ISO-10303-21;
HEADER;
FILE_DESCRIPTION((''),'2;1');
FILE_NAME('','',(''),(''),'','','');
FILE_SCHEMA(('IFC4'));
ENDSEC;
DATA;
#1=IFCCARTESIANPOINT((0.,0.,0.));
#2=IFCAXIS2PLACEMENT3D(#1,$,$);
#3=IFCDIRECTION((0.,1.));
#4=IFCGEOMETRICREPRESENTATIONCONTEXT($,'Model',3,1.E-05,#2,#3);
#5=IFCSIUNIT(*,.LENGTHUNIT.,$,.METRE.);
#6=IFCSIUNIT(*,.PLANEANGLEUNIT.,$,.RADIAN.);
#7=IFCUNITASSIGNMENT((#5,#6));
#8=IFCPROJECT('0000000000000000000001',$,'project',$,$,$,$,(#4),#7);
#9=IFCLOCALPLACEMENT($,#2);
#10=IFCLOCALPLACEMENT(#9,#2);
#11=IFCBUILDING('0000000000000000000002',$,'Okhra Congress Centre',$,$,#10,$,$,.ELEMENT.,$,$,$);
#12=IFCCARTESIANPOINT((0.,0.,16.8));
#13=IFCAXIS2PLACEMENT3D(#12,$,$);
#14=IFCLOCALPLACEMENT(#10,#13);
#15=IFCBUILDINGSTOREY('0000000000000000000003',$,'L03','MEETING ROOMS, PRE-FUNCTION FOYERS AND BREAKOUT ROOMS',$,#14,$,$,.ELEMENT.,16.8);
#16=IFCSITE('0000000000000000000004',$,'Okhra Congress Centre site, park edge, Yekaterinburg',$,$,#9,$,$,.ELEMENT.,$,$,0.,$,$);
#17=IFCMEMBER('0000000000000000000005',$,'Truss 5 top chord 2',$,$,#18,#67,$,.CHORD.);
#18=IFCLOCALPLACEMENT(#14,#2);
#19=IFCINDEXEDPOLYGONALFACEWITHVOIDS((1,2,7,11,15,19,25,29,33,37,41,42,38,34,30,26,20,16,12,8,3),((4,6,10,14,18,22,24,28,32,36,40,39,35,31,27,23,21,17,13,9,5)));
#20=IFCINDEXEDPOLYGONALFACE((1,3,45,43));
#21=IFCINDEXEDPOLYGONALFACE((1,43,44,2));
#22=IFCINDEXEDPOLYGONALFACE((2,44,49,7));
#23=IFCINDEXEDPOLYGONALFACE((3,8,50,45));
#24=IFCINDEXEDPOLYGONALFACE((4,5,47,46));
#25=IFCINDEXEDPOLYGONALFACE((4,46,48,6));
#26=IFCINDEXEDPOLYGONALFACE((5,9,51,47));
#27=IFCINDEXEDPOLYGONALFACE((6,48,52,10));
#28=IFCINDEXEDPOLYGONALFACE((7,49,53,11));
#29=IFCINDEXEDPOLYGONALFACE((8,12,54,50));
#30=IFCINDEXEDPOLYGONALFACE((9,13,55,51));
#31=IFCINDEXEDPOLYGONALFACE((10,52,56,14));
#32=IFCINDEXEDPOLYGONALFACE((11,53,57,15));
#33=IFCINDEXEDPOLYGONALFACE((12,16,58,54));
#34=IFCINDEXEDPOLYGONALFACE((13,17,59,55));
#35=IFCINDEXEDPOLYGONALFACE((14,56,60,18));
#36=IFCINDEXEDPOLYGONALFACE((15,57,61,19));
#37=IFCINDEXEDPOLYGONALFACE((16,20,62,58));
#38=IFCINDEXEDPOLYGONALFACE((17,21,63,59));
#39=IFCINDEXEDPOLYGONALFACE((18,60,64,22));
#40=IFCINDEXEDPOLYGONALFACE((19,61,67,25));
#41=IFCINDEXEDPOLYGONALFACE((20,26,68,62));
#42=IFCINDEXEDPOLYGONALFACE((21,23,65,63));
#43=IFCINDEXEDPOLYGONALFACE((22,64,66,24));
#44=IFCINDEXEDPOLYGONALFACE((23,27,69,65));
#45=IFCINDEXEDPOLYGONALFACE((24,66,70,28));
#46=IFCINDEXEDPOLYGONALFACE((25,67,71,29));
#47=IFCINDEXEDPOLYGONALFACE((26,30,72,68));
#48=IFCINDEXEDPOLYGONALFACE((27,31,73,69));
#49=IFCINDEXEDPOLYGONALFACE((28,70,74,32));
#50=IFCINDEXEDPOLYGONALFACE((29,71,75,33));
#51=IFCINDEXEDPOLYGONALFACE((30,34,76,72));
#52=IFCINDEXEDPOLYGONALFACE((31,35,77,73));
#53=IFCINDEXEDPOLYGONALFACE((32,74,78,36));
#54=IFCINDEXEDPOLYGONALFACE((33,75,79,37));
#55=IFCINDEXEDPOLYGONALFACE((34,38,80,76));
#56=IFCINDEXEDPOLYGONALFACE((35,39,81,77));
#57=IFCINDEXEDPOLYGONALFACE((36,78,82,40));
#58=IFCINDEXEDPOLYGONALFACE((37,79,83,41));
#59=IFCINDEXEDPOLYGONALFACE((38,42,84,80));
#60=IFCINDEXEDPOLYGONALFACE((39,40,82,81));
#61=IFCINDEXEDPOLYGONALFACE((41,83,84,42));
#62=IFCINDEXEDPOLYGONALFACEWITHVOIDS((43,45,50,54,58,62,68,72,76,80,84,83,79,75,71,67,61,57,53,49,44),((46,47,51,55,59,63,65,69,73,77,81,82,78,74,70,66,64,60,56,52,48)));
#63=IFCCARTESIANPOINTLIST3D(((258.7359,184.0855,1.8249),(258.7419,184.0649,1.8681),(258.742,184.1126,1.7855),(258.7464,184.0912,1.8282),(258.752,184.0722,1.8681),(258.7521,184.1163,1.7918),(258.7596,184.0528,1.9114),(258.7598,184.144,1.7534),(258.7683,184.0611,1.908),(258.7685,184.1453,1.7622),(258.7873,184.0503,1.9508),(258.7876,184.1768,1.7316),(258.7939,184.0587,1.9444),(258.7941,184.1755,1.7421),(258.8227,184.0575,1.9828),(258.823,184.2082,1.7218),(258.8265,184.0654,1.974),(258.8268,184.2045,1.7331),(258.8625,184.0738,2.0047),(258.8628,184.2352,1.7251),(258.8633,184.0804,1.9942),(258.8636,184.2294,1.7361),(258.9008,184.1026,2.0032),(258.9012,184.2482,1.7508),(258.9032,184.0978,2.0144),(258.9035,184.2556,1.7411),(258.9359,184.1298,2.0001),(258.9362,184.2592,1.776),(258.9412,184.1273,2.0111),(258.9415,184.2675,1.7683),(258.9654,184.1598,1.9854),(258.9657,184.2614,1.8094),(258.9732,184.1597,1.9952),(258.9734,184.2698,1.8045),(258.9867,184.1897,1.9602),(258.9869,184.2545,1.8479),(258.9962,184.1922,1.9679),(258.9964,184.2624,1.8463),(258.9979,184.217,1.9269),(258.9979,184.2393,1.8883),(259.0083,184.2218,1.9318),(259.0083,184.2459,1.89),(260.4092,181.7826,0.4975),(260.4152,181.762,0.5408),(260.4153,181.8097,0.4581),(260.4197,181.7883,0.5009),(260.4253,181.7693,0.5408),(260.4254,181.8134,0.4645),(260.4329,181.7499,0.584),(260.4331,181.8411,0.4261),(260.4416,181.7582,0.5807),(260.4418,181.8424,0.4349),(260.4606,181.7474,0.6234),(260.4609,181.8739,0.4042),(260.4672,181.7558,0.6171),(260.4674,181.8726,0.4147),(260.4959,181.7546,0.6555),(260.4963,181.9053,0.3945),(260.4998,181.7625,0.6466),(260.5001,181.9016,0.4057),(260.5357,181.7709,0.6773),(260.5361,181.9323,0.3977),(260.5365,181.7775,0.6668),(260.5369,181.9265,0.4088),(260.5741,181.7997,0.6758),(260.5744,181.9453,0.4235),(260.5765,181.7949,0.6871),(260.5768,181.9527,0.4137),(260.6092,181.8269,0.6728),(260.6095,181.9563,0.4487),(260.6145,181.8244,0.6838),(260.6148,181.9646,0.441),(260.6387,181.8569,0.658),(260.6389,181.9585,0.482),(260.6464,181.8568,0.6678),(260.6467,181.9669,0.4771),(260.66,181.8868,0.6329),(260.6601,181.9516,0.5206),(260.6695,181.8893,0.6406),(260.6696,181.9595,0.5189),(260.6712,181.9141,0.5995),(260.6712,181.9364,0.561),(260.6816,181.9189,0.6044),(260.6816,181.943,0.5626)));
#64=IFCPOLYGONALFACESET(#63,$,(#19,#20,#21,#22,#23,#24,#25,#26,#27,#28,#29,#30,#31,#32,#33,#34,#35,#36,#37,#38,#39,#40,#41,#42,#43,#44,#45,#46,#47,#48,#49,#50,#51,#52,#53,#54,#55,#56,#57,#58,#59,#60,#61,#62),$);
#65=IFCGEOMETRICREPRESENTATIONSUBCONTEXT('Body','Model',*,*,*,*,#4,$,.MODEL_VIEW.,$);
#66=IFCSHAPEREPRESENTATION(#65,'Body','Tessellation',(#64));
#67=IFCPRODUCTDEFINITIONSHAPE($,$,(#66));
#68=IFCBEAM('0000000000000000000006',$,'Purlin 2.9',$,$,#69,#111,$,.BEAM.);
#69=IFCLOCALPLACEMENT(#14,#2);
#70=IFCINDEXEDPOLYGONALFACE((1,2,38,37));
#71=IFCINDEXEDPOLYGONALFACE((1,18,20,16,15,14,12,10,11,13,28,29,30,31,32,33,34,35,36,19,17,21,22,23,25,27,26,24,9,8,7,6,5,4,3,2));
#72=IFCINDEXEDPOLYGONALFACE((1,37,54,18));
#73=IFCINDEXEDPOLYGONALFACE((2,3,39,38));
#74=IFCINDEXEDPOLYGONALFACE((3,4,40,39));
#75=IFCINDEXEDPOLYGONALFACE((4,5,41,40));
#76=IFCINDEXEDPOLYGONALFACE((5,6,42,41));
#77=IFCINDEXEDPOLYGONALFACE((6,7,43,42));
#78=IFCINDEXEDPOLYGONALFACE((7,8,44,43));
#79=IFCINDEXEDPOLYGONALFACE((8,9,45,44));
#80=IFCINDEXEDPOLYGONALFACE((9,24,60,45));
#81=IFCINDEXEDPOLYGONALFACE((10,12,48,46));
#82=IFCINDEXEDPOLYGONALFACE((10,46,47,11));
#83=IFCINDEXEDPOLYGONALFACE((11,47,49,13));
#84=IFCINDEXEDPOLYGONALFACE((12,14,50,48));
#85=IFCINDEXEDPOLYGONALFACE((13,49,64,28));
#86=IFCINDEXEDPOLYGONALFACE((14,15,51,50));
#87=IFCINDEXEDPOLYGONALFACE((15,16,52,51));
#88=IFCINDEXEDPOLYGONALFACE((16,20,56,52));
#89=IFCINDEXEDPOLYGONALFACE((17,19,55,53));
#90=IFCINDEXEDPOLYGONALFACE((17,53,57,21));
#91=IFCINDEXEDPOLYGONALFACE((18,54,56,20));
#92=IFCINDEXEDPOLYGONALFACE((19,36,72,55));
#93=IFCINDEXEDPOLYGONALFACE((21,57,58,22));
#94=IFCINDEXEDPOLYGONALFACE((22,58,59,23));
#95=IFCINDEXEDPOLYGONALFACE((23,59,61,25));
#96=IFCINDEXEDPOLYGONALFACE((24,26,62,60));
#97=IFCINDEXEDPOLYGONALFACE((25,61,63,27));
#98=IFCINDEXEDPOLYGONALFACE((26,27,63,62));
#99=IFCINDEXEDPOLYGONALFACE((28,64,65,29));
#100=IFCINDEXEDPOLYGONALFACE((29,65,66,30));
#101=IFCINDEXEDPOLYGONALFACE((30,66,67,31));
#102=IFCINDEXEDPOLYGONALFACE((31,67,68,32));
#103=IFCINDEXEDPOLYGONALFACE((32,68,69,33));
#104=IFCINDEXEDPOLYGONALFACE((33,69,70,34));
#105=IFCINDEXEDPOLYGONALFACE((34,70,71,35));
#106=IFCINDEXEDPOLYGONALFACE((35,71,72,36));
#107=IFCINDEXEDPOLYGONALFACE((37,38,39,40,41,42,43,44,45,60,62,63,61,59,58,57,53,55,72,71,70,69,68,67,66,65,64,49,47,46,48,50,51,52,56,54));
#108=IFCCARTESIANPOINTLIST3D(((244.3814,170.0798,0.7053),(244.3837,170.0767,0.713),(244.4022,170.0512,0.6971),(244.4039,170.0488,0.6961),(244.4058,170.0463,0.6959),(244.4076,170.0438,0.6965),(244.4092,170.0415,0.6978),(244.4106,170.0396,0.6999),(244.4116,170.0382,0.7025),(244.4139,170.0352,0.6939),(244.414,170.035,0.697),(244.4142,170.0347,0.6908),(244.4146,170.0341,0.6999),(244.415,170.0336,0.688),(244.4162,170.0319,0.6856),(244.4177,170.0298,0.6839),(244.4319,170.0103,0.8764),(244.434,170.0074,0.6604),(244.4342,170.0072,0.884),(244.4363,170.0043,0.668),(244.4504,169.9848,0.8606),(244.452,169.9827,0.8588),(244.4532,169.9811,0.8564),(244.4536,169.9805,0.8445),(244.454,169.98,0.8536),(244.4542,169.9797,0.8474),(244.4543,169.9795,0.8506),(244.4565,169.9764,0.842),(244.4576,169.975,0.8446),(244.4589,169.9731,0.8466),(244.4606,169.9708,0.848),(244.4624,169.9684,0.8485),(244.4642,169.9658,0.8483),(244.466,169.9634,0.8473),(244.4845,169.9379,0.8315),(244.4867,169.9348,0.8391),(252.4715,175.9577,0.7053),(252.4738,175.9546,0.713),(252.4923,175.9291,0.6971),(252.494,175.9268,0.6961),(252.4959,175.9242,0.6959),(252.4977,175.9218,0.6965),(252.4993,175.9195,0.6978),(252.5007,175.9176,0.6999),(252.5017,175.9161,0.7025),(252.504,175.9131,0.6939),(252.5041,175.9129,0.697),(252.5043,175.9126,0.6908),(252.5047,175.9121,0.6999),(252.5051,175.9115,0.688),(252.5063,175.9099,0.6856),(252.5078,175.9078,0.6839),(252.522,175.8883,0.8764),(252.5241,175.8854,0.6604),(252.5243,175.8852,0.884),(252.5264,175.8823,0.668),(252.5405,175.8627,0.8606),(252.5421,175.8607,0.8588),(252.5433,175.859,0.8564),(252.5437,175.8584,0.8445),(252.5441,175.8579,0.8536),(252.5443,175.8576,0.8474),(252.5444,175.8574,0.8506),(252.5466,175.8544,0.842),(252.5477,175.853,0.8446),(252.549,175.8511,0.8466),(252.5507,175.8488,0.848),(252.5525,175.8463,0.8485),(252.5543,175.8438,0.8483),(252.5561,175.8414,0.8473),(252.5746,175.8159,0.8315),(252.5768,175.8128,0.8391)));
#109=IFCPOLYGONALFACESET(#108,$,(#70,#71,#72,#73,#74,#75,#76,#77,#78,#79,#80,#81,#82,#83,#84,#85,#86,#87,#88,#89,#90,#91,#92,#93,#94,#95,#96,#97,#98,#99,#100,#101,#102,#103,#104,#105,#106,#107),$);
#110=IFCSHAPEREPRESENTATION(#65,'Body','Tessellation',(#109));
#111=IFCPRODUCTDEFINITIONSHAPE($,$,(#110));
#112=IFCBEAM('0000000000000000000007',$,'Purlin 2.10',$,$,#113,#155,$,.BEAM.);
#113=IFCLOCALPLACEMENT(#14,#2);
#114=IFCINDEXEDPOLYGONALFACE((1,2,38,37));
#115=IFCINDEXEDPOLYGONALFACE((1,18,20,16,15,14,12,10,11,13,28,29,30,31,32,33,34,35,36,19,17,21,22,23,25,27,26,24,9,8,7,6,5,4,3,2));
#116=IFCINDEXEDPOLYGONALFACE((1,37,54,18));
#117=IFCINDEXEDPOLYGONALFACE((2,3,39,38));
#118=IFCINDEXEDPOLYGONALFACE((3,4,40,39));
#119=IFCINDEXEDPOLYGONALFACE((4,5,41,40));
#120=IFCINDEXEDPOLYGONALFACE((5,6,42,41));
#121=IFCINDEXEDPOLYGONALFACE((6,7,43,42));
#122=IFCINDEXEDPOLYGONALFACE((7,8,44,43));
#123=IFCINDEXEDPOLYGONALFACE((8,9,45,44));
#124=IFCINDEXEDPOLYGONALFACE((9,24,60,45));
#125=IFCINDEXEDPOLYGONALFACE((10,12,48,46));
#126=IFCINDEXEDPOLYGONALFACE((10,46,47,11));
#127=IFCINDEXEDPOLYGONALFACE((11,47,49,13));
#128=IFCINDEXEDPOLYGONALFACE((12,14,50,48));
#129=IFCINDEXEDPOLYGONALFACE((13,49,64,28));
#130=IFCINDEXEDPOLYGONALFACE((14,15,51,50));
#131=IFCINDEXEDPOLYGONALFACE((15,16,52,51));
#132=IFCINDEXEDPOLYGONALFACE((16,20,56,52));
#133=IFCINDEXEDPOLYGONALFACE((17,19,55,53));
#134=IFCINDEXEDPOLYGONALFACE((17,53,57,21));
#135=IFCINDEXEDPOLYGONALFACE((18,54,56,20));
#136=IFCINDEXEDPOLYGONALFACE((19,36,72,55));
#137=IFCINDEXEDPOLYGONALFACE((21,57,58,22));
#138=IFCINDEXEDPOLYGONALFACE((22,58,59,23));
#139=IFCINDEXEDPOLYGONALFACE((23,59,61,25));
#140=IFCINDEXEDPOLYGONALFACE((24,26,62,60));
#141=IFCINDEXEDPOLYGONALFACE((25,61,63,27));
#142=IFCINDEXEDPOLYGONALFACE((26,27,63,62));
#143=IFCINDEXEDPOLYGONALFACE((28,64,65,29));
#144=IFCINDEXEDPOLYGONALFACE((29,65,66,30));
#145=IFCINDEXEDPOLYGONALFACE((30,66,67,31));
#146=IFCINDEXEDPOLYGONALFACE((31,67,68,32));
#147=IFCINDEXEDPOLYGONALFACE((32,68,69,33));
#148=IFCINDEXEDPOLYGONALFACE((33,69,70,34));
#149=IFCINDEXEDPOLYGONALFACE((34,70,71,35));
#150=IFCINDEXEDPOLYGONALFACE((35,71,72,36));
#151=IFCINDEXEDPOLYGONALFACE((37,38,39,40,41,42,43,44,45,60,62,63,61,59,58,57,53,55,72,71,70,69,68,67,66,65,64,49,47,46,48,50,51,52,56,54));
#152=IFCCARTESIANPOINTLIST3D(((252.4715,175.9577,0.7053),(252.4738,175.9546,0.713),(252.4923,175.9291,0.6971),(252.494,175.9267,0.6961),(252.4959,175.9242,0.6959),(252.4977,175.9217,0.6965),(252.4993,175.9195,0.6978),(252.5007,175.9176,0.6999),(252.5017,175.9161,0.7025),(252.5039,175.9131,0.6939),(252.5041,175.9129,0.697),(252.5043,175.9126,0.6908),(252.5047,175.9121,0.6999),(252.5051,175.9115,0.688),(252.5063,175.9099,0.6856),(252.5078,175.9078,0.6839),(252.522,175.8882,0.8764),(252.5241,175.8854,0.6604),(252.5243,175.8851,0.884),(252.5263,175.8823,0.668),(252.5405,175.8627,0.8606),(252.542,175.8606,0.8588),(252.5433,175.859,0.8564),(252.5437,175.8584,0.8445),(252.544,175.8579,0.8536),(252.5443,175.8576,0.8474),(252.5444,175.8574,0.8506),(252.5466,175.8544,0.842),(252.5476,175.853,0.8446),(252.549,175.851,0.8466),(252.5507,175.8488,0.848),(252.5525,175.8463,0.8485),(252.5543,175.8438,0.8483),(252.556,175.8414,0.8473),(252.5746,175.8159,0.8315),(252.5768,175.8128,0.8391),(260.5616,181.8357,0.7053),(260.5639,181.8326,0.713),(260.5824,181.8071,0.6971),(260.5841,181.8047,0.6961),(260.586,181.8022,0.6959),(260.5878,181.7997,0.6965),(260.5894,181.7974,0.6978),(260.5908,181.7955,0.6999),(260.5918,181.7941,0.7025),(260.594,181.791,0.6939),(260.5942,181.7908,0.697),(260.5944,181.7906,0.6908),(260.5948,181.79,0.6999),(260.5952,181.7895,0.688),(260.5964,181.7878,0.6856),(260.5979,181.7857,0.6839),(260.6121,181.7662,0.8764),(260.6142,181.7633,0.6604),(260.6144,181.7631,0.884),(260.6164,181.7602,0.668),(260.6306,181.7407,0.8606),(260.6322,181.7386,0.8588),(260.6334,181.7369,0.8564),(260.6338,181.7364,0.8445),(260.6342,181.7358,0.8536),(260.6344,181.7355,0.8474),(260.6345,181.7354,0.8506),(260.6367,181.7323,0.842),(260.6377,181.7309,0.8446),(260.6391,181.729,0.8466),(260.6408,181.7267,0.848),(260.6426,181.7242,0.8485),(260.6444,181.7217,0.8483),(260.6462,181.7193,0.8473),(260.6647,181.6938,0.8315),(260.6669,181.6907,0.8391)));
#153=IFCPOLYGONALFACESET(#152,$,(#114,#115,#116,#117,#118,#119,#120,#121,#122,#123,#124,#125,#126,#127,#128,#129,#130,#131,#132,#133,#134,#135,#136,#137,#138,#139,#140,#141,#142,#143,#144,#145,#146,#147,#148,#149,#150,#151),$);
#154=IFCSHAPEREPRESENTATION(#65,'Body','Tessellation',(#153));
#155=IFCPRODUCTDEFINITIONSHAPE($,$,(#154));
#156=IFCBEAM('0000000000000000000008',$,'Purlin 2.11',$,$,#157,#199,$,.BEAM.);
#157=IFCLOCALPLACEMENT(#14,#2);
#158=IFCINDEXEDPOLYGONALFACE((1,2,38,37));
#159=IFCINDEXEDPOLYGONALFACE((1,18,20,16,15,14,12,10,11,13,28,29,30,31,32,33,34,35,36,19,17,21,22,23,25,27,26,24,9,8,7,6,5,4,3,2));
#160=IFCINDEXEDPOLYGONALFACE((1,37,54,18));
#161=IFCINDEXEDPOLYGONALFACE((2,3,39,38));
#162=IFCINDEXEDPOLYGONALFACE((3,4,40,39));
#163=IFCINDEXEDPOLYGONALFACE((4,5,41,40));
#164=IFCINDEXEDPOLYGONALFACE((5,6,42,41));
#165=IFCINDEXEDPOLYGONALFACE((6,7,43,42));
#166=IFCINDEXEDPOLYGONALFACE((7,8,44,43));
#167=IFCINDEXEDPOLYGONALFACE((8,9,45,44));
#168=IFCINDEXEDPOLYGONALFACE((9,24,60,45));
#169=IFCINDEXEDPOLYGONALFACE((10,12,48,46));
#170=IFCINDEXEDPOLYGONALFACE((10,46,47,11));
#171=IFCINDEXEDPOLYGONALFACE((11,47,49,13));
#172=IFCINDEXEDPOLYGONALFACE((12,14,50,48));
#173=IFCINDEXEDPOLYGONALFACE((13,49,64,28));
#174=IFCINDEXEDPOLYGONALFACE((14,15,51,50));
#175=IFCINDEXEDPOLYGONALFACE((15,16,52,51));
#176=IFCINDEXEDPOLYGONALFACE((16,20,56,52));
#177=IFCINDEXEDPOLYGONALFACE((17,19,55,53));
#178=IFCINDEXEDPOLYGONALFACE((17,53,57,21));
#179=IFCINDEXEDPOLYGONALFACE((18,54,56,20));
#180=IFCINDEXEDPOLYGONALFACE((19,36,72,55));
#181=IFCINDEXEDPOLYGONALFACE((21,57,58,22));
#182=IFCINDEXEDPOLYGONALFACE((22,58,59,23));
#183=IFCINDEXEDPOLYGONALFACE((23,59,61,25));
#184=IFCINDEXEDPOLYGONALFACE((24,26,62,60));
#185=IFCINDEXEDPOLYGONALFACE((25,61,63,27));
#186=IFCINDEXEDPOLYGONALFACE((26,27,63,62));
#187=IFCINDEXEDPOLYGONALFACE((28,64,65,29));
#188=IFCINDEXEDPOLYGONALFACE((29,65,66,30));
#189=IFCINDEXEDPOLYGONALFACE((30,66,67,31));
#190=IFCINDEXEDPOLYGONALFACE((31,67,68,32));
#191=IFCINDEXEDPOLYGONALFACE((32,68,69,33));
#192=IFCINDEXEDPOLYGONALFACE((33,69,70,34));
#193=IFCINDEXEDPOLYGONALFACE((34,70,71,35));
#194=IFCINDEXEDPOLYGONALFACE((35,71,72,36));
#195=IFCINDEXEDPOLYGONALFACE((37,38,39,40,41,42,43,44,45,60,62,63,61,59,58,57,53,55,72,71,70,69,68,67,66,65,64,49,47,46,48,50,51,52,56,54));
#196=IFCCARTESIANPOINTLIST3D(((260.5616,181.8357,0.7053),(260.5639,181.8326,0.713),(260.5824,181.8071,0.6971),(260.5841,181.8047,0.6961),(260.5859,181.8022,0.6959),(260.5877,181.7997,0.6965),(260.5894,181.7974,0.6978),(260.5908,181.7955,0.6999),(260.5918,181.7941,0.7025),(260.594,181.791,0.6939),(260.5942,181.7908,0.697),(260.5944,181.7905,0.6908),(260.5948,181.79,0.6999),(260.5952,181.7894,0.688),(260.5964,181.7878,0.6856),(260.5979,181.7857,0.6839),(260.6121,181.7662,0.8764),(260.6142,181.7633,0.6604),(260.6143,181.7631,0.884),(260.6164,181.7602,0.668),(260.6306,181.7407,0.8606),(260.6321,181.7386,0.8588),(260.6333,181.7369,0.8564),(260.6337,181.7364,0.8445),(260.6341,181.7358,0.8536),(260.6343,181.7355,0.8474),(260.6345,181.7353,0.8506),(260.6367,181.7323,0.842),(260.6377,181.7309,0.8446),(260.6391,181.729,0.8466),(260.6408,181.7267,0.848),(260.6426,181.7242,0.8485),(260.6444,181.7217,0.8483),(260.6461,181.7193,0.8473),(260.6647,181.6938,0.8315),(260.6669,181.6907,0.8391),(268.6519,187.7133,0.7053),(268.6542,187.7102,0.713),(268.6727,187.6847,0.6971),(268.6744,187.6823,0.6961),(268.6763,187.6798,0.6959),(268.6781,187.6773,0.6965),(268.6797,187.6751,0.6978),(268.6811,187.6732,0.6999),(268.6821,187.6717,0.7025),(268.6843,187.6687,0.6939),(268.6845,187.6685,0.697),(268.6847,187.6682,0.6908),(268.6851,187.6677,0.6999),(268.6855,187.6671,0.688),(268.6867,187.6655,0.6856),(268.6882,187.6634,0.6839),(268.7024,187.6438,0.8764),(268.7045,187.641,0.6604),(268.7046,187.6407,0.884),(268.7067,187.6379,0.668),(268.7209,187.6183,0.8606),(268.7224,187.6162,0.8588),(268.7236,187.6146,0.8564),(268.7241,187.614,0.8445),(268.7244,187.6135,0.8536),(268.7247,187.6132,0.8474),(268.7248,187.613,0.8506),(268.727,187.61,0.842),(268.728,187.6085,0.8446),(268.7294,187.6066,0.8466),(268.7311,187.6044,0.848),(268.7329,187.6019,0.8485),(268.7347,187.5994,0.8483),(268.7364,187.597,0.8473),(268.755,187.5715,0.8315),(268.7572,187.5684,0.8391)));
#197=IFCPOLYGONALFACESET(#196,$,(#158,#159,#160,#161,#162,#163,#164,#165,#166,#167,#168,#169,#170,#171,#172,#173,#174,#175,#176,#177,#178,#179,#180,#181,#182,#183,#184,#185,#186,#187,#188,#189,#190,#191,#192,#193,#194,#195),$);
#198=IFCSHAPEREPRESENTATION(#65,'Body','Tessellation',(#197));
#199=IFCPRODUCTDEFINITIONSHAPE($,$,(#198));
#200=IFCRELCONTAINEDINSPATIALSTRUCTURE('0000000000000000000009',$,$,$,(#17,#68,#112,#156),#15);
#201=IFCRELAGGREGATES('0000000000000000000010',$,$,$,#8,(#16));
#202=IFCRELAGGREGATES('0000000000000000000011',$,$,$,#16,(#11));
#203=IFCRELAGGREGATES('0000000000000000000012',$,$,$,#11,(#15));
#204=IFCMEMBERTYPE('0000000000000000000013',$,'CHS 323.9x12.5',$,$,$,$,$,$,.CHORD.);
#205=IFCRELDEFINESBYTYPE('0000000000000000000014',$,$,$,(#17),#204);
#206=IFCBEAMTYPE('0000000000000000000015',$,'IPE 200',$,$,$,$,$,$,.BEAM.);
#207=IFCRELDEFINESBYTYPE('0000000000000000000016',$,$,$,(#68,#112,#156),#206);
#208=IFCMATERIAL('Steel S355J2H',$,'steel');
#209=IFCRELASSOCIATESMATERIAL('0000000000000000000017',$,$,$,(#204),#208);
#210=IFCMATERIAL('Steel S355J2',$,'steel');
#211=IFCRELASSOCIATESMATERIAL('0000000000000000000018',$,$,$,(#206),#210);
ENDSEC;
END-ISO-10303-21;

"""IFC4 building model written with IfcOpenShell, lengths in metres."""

from ifc_helpers import new_model, si_unit, direction, frame, origin, origin_2d, place, context, subcontext, project, spatial, hollow_circle, i_section, extrude, material, material_profile, profile_set, type_object, element, save


model = new_model("IFC4")

# Units and contexts
model_context = context("Model", 3, precision=1e-05, world=origin(), true_north=direction((0.0, 1.0)))
body_context = subcontext(model_context, "Body", "Model", "MODEL_VIEW")
ifc_project = project(units=[si_unit("LENGTHUNIT", "METRE"), si_unit("PLANEANGLEUNIT", "RADIAN")], contexts=[model_context])

# Site, building, storey
site_placement = place(None, origin())
site = spatial("IfcSite", under=ifc_project, at=site_placement, Name="Okhra Congress Centre site, park edge, Yekaterinburg", CompositionType="ELEMENT", RefElevation=0.0)
building_placement = place(site_placement, origin())
building = spatial("IfcBuilding", under=site, at=building_placement, Name="Okhra Congress Centre", CompositionType="ELEMENT")
storey_placement = place(building_placement, frame((0.0, 0.0, 16.8)))
storey = spatial("IfcBuildingStorey", under=building, at=storey_placement, Name="L03", Description="MEETING ROOMS, PRE-FUNCTION FOYERS AND BREAKOUT ROOMS", CompositionType="ELEMENT", Elevation=16.8)

# Member
ifc_material_1 = material(Name="Steel S355J2H", Category="steel")
ifc_material_profile_1 = material_profile(ifc_material_1, hollow_circle(Radius=0.1619, WallThickness=0.0125, at=origin_2d()), Name="CHS 323.9x12.5")
ifc_profile_set_1 = profile_set([ifc_material_profile_1], Name="Steel S355J2H")
member_type_1 = type_object("IfcMemberType", Name="CHS 323.9x12.5", PredefinedType="CHORD", material=ifc_profile_set_1)
member_1_placement = place(storey_placement, frame((260.5461, 181.8572, 0.5408), z_axis=(-0.532745, 0.733204, 0.422605), x_axis=(-0.808996, -0.587815, 0.0)))
element("IfcMember", 1, at=member_1_placement, inside=storey, type_object=member_type_1, Name="Truss 5 top chord 2", PredefinedType="CHORD", context=body_context, shape_type="SweptSolid", body=[
    extrude(hollow_circle(Radius=0.1619, WallThickness=0.0125, at=origin_2d()), origin(), (0.0, 0.0, 1.0), 3.1409),
])

# Beams
ifc_material_2 = material(Name="Steel S355J2", Category="steel")
ifc_material_profile_2 = material_profile(ifc_material_2, i_section(OverallWidth=0.1001, OverallDepth=0.2, WebThickness=0.0056, FlangeThickness=0.0085, FilletRadius=0.012, at=origin_2d()), Name="IPE 200")
ifc_profile_set_2 = profile_set([ifc_material_profile_2], Name="Steel S355J2")
beam_type = type_object("IfcBeamType", Name="IPE 200", PredefinedType="BEAM", material=ifc_profile_set_2)
for number, where, z_axis, x_axis, name in (
    (2, (244.4341, 170.0073, 0.7722), (0.80901, 0.587794, 0.0), (-0.525272, 0.722958, 0.448799), "Purlin 2.9"),
    (3, (252.5242, 175.8853, 0.7722), (0.80901, 0.587794, 0.0), (-0.525272, 0.722958, 0.448799), "Purlin 2.10"),
    (4, (260.6143, 181.7632, 0.7722), (0.809031, 0.587767, 0.0), (-0.525247, 0.722976, 0.448799), "Purlin 2.11"),
):
    element("IfcBeam", number, at=place(storey_placement, frame(where, z_axis=z_axis, x_axis=x_axis)), inside=storey, type_object=beam_type, Name=name, PredefinedType="BEAM", context=body_context, shape_type="SweptSolid", body=[
        extrude(i_section(OverallWidth=0.1001, OverallDepth=0.2, WebThickness=0.0056, FlangeThickness=0.0085, FilletRadius=0.012, at=origin_2d()), origin(), (0.0, 0.0, 1.0), 10.0),
    ])

save(model, "model.ifc")
